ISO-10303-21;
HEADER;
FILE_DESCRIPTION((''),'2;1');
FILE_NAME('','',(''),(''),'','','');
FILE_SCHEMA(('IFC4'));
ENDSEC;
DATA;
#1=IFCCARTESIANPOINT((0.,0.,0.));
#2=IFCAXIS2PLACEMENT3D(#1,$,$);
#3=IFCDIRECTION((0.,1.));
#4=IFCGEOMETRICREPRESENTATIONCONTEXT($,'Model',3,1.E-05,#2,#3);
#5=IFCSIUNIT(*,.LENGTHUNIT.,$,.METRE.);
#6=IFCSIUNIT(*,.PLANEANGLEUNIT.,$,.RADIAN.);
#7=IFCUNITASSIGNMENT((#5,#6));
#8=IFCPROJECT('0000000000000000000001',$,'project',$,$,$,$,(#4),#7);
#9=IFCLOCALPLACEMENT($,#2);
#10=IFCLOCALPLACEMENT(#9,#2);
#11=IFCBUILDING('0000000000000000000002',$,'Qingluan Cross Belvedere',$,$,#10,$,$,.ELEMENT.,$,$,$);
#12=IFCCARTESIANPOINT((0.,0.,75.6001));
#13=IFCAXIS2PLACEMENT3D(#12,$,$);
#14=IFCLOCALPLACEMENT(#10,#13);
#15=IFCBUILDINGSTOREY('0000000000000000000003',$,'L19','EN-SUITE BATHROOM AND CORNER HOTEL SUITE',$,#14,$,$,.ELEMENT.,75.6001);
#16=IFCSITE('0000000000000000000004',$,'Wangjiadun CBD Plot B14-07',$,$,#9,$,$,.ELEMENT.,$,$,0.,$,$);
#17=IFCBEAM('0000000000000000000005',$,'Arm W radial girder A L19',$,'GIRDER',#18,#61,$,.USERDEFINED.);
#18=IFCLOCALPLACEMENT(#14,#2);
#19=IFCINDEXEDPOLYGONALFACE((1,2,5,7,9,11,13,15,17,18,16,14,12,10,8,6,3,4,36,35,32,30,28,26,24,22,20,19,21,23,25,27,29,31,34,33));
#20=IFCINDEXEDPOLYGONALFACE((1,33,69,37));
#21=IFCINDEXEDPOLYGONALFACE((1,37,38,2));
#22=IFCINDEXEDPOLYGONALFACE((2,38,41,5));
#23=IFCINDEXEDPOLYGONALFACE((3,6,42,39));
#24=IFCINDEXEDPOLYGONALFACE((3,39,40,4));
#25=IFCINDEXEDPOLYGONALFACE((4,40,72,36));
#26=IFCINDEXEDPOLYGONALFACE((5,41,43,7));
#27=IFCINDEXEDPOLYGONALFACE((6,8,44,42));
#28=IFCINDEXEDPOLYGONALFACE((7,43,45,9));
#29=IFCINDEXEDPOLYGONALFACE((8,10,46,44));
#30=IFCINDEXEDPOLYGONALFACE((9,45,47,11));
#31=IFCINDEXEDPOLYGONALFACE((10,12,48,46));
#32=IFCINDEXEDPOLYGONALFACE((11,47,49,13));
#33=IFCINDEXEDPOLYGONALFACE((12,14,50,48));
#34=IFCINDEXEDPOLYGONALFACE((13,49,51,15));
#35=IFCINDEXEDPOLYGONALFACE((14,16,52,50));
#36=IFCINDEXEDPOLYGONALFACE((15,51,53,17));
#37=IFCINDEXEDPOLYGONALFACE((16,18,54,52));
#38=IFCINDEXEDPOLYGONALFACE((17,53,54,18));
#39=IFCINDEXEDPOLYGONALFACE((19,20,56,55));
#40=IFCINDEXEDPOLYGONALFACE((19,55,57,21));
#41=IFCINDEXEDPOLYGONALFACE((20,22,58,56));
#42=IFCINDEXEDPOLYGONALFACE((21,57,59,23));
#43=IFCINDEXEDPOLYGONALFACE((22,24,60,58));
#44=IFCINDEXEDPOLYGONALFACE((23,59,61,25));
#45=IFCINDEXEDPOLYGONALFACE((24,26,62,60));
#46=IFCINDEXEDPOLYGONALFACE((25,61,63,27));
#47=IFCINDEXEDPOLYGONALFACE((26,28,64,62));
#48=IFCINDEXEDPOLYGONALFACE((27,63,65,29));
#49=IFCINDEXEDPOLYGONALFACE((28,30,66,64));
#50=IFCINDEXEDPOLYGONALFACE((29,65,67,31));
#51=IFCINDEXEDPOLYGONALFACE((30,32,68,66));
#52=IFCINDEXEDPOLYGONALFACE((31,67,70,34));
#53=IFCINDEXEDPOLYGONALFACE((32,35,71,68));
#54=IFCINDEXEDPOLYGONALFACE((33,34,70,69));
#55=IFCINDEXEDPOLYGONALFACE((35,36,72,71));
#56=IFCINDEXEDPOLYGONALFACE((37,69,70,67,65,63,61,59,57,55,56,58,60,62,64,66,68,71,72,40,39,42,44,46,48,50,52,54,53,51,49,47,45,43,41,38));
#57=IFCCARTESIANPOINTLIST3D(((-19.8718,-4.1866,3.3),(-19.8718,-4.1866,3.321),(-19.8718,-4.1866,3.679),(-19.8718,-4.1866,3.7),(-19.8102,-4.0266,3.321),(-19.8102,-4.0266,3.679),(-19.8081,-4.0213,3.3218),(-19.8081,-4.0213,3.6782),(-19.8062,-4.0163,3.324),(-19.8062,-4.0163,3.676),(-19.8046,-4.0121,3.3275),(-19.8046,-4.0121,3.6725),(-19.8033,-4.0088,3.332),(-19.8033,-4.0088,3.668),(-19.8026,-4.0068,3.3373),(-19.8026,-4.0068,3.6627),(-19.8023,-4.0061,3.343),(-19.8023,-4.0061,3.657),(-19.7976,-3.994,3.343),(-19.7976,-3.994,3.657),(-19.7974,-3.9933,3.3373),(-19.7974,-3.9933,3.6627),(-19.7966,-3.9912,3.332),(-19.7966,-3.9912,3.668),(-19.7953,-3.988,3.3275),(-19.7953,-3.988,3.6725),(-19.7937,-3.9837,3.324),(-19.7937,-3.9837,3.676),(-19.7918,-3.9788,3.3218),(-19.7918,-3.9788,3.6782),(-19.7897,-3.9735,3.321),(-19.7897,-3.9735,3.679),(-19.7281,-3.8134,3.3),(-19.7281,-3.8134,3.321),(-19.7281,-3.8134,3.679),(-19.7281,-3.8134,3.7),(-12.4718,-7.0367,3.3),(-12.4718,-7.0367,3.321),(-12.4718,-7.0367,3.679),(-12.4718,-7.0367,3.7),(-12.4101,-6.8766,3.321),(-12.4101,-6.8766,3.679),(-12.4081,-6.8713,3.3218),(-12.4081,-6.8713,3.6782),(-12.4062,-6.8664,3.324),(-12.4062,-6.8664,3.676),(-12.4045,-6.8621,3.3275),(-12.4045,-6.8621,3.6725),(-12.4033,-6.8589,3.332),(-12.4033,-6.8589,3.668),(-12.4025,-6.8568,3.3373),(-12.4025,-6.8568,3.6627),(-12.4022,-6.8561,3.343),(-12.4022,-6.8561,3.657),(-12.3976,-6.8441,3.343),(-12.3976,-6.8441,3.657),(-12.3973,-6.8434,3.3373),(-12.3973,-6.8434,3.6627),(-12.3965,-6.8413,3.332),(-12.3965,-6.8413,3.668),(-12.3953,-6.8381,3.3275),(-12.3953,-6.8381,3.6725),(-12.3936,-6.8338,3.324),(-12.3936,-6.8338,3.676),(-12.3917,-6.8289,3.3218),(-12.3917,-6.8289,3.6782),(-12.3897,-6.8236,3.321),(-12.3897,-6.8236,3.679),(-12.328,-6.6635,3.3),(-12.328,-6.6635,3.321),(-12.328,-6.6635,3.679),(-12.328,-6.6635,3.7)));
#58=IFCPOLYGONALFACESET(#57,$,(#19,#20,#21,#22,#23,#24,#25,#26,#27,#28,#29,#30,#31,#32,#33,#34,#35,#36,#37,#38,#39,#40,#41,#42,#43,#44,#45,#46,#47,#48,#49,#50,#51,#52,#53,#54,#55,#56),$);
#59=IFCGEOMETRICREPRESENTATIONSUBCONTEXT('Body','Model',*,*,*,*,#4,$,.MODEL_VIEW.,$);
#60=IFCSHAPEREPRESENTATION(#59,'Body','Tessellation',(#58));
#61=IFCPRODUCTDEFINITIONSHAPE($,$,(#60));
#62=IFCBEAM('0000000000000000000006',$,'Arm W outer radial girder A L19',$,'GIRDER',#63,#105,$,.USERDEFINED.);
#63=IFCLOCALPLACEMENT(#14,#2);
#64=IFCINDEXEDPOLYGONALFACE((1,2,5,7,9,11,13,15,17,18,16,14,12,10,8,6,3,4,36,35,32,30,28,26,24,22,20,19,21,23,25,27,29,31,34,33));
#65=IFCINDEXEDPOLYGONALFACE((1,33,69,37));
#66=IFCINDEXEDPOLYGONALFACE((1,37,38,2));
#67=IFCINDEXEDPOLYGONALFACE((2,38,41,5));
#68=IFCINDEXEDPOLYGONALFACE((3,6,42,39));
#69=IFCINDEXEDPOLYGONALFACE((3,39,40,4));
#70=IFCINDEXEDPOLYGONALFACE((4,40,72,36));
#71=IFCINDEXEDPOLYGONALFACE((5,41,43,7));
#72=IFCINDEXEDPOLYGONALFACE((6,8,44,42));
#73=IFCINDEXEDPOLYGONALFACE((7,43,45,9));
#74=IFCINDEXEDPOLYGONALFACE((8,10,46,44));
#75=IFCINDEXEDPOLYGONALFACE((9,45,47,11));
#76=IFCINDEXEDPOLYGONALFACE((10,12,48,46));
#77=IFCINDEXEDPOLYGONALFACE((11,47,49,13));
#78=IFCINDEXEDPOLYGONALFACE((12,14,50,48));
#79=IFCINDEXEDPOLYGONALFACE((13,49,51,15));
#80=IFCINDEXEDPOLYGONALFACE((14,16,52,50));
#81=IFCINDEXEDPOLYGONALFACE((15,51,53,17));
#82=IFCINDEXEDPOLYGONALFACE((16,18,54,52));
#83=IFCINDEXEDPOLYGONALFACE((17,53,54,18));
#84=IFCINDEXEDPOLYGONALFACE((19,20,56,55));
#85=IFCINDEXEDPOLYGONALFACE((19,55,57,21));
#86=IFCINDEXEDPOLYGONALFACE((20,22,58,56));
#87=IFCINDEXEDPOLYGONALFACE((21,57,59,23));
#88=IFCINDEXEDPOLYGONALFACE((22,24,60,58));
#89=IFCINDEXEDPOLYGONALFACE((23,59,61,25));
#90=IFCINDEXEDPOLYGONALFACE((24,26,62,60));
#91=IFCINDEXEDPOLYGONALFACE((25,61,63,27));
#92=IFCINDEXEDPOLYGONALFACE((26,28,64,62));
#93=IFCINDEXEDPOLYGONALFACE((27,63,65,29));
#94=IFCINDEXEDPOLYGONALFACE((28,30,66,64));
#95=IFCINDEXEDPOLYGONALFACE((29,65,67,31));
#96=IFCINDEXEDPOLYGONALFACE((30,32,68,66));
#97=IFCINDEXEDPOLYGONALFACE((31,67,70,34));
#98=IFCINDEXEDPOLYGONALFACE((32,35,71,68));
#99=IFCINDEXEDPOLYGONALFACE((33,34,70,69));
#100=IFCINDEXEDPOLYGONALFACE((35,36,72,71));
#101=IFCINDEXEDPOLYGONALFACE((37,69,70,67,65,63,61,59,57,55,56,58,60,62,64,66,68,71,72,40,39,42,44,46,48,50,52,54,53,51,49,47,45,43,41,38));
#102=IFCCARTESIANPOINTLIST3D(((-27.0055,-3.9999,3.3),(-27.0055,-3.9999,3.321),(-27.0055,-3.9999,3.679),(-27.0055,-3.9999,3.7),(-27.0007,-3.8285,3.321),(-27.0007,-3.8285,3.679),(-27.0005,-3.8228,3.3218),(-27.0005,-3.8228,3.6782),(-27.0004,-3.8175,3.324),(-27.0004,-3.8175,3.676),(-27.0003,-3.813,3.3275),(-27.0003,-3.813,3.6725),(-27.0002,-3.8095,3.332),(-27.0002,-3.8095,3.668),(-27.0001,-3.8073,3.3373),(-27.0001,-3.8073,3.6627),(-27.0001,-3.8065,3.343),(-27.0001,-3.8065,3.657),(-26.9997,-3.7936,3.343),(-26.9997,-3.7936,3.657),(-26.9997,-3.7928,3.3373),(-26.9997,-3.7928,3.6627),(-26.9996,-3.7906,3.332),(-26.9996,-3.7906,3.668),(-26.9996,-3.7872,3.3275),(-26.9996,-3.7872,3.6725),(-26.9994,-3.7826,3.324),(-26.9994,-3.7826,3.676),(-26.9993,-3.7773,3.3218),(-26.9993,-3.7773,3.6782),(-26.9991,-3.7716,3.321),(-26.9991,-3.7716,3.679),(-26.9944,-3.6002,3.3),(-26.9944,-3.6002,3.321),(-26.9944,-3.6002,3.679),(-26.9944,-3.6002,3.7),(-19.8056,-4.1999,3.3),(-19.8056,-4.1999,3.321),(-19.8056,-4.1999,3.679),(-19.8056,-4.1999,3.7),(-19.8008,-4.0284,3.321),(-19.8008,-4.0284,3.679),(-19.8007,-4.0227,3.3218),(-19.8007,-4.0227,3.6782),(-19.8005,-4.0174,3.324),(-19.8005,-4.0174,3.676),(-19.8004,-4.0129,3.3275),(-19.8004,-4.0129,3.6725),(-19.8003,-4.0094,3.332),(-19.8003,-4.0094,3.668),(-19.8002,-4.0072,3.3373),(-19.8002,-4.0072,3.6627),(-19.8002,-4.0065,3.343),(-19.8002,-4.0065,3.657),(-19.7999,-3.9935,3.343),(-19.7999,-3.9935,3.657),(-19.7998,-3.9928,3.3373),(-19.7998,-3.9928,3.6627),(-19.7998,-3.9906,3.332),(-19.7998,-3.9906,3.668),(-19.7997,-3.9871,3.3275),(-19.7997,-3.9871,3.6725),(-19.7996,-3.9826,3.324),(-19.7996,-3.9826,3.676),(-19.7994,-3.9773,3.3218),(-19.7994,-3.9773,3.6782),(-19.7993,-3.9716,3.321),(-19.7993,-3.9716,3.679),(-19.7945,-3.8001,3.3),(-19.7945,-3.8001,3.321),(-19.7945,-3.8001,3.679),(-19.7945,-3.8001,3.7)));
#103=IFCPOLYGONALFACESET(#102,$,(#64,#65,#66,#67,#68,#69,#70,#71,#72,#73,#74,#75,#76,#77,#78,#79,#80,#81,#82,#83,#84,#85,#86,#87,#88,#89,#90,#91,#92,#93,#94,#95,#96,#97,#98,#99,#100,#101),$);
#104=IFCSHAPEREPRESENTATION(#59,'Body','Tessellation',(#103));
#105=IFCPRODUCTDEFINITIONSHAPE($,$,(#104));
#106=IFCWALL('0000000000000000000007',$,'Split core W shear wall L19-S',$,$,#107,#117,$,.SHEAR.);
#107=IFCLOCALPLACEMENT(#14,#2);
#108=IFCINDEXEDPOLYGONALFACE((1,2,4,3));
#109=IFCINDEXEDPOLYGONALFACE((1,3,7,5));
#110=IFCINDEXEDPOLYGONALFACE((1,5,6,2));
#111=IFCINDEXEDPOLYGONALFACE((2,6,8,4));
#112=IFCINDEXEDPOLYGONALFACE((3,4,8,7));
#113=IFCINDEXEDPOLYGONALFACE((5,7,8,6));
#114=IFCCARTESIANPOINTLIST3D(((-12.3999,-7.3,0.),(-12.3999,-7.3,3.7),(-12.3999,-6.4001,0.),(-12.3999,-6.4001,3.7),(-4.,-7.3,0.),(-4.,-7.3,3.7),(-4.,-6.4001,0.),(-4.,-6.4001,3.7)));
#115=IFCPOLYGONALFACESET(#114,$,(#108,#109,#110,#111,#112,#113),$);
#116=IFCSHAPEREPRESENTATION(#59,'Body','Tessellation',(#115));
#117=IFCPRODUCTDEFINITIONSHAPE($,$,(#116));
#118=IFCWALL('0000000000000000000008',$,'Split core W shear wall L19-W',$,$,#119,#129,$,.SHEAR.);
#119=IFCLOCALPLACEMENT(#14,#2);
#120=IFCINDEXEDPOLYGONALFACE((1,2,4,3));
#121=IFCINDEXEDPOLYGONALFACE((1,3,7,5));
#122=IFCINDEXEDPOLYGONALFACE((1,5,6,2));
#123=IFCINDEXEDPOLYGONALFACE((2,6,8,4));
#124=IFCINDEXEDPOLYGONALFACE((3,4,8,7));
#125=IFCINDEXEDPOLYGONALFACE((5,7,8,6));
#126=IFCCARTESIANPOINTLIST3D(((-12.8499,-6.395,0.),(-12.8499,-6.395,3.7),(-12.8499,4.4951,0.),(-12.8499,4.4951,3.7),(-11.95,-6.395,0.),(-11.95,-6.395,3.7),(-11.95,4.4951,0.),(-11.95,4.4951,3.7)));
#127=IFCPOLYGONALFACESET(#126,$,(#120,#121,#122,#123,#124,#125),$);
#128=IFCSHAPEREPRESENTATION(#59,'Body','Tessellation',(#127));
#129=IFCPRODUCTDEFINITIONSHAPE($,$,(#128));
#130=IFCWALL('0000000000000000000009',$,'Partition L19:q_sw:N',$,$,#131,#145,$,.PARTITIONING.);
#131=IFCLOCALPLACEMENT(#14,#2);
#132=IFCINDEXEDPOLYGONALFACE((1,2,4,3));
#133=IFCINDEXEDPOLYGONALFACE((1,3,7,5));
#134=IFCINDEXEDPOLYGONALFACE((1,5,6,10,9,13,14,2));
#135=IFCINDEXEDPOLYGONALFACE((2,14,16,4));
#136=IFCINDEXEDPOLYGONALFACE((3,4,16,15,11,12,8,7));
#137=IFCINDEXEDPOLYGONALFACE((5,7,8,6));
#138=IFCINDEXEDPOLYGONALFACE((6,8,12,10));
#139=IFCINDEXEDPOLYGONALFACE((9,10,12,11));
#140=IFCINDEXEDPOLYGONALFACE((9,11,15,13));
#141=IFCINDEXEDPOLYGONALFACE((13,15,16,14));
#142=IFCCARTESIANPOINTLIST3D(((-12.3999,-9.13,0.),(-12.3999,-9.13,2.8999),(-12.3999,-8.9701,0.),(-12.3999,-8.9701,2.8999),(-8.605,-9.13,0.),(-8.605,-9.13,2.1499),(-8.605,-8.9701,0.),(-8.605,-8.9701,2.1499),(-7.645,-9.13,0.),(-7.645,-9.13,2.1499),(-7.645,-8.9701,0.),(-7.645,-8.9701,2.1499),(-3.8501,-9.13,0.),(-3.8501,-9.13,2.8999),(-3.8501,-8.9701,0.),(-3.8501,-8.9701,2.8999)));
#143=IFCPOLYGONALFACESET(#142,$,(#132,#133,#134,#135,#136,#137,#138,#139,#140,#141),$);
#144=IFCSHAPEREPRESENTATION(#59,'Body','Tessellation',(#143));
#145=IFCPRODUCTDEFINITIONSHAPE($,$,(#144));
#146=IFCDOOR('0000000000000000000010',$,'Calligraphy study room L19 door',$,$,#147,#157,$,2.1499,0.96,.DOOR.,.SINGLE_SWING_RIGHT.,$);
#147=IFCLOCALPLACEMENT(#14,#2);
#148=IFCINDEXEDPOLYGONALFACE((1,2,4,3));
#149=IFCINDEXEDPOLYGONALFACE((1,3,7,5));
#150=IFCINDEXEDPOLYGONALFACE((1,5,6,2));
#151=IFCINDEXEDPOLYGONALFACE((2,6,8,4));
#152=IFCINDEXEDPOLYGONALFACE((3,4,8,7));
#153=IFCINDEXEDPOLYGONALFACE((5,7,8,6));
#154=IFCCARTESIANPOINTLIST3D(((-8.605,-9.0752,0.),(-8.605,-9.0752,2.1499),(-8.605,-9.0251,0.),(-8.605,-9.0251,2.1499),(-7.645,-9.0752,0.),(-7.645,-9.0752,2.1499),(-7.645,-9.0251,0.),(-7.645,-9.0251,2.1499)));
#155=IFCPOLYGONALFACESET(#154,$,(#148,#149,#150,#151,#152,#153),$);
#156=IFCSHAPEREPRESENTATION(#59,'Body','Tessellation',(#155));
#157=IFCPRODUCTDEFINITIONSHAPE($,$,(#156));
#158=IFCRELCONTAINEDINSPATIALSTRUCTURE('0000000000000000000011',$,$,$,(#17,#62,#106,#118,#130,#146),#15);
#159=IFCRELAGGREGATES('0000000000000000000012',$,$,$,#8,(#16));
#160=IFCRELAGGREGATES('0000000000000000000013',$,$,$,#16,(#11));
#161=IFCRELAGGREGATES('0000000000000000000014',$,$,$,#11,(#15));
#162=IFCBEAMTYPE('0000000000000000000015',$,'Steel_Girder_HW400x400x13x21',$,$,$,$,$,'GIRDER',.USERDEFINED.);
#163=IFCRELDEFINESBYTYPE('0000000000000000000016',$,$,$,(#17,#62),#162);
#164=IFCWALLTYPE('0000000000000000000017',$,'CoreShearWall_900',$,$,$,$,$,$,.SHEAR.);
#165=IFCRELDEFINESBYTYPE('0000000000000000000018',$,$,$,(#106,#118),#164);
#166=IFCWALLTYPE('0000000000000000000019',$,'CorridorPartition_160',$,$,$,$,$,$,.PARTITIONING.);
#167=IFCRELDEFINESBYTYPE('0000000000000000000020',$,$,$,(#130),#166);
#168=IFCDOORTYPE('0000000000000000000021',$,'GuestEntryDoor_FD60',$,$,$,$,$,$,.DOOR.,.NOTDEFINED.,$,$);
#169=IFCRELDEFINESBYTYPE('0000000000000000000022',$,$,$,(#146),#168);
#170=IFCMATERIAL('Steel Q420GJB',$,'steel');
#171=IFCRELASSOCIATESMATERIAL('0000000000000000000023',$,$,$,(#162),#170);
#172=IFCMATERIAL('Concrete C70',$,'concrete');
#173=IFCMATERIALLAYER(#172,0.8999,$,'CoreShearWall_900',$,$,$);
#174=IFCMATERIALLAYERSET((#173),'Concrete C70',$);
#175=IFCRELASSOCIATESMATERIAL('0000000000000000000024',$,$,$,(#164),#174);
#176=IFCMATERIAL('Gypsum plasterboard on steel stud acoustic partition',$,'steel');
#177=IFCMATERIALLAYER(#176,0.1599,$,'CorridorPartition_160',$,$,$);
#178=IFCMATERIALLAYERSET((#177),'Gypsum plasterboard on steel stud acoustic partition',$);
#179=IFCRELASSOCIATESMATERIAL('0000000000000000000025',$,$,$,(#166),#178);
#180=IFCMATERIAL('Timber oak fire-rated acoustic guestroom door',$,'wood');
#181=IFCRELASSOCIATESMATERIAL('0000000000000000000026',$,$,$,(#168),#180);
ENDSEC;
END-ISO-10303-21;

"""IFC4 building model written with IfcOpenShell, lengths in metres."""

from ifc_helpers import new_model, si_unit, direction, frame, frame_2d, origin, origin_2d, place, context, subcontext, project, spatial, rectangle, i_section, extrude, material, layer, layer_set, material_profile, profile_set, type_object, element, fill, save


model = new_model("IFC4")

# Units and contexts
model_context = context("Model", 3, precision=1e-05, world=origin(), true_north=direction((0.0, 1.0)))
body_context = subcontext(model_context, "Body", "Model", "MODEL_VIEW")
ifc_project = project(units=[si_unit("LENGTHUNIT", "METRE"), si_unit("PLANEANGLEUNIT", "RADIAN")], contexts=[model_context])

# Site, building, storey
site_placement = place(None, origin())
site = spatial("IfcSite", under=ifc_project, at=site_placement, Name="Wangjiadun CBD Plot B14-07", CompositionType="ELEMENT", RefElevation=0.0)
building_placement = place(site_placement, origin())
building = spatial("IfcBuilding", under=site, at=building_placement, Name="Qingluan Cross Belvedere", CompositionType="ELEMENT")
storey_placement = place(building_placement, frame((0.0, 0.0, 75.6001)))
storey = spatial("IfcBuildingStorey", under=building, at=storey_placement, Name="L19", Description="EN-SUITE BATHROOM AND CORNER HOTEL SUITE", CompositionType="ELEMENT", Elevation=75.6001)

# Beams
ifc_material_1 = material(Name="Steel Q420GJB", Category="steel")
ifc_material_profile_1 = material_profile(ifc_material_1, i_section(OverallWidth=0.3999, OverallDepth=0.3999, WebThickness=0.0129, FlangeThickness=0.021, FilletRadius=0.022, at=origin_2d()), Name="HW400x400x13x21")
ifc_profile_set_1 = profile_set([ifc_material_profile_1], Name="Steel Q420GJB")
beam_type_1 = type_object("IfcBeamType", Name="Steel_Girder_HW400x400x13x21", ElementType="GIRDER", PredefinedType="USERDEFINED", material=ifc_profile_set_1)
beam_1_placement = place(storey_placement, frame((-12.3999, -6.8501, 3.5), z_axis=(-0.933181, 0.359406, 0.0), x_axis=(-0.359406, -0.933181, 0.0)))
element("IfcBeam", 1, at=beam_1_placement, inside=storey, type_object=beam_type_1, Name="Arm W radial girder A L19", ObjectType="GIRDER", PredefinedType="USERDEFINED", context=body_context, shape_type="SweptSolid", body=[
    extrude(i_section(OverallWidth=0.3999, OverallDepth=0.3999, WebThickness=0.0129, FlangeThickness=0.021, FilletRadius=0.022, at=origin_2d()), origin(), (0.0, 0.0, 1.0), 7.9299),
])
beam_2_placement = place(storey_placement, frame((-19.8, -4.0, 3.5), z_axis=(-0.999615, 0.02776, 0.0), x_axis=(-0.02776, -0.999615, 0.0)))
element("IfcBeam", 2, at=beam_2_placement, inside=storey, type_object=beam_type_1, Name="Arm W outer radial girder A L19", ObjectType="GIRDER", PredefinedType="USERDEFINED", context=body_context, shape_type="SweptSolid", body=[
    extrude(i_section(OverallWidth=0.3999, OverallDepth=0.3999, WebThickness=0.0129, FlangeThickness=0.021, FilletRadius=0.022, at=origin_2d()), origin(), (0.0, 0.0, 1.0), 7.2026),
])

# Walls
ifc_material_2 = material(Name="Concrete C70", Category="concrete")
ifc_layer_1 = layer(ifc_material_2, 0.8999, Name="CoreShearWall_900")
ifc_layer_set_1 = layer_set([ifc_layer_1], Name="Concrete C70")
wall_type_1 = type_object("IfcWallType", Name="CoreShearWall_900", PredefinedType="SHEAR", material=ifc_layer_set_1)
wall_1_placement = place(storey_placement, frame((-12.3999, -6.8501, 0.0), z_axis=(0.0, 0.0, 1.0), x_axis=(1.0, 0.0, 0.0)))
element("IfcWall", 3, at=wall_1_placement, inside=storey, type_object=wall_type_1, Name="Split core W shear wall L19-S", PredefinedType="SHEAR", context=body_context, shape_type="SweptSolid", body=[
    extrude(rectangle(XDim=8.3999, YDim=0.8999, at=frame_2d((4.2, 0.0))), origin(), (0.0, 0.0, 1.0), 3.7),
])
wall_2_placement = place(storey_placement, frame((-12.3999, -6.395, 0.0), z_axis=(0.0, 0.0, 1.0), x_axis=(0.0, 1.0, 0.0)))
element("IfcWall", 4, at=wall_2_placement, inside=storey, type_object=wall_type_1, Name="Split core W shear wall L19-W", PredefinedType="SHEAR", context=body_context, shape_type="SweptSolid", body=[
    extrude(rectangle(XDim=10.8901, YDim=0.8999, at=frame_2d((5.4451, 0.0))), origin(), (0.0, 0.0, 1.0), 3.7),
])

# Wall, opening, door
ifc_material_3 = material(Name="Gypsum plasterboard on steel stud acoustic partition", Category="steel")
ifc_layer_2 = layer(ifc_material_3, 0.1599, Name="CorridorPartition_160")
ifc_layer_set_2 = layer_set([ifc_layer_2], Name="Gypsum plasterboard on steel stud acoustic partition")
wall_type_2 = type_object("IfcWallType", Name="CorridorPartition_160", PredefinedType="PARTITIONING", material=ifc_layer_set_2)
wall_3_placement = place(storey_placement, frame((-12.3999, -9.05, 0.0), z_axis=(0.0, 0.0, 1.0), x_axis=(1.0, 0.0, 0.0)))
wall_3 = element("IfcWall", 5, at=wall_3_placement, inside=storey, type_object=wall_type_2, Name="Partition L19:q_sw:N", PredefinedType="PARTITIONING", context=body_context, shape_type="SweptSolid", body=[
    extrude(rectangle(XDim=8.5498, YDim=0.1599, at=frame_2d((4.2749, 0.0))), origin(), (0.0, 0.0, 1.0), 2.8999),
])
opening_1_placement = place(wall_3_placement, frame((3.7949, 0.0, 0.0)))
opening_1 = element("IfcOpeningElement", 6, at=opening_1_placement, cuts=wall_3, PredefinedType="OPENING", context=body_context, shape_type="SweptSolid", body=[
    extrude(rectangle(XDim=0.96, YDim=2.1499, at=frame_2d((0.48, 1.075))), frame((0.0, 0.0898, 0.0), z_axis=(0.0, -1.0, 0.0), x_axis=(1.0, 0.0, 0.0)), (0.0, 0.0, 1.0), 0.1799),
])
ifc_material_4 = material(Name="Timber oak fire-rated acoustic guestroom door", Category="wood")
door_type_1 = type_object("IfcDoorType", Name="GuestEntryDoor_FD60", OperationType="NOTDEFINED", PredefinedType="DOOR", material=ifc_material_4)
door_1_placement = place(opening_1_placement, origin())
door_1 = element("IfcDoor", 7, at=door_1_placement, inside=storey, type_object=door_type_1, Name="Calligraphy study room L19 door", OperationType="SINGLE_SWING_RIGHT", OverallHeight=2.1499, OverallWidth=0.96, PredefinedType="DOOR", context=body_context, shape_type="SweptSolid", body=[
    extrude(rectangle(XDim=0.96, YDim=2.1499, at=frame_2d((0.48, 1.075))), frame((0.0, 0.0249, 0.0), z_axis=(0.0, -1.0, 0.0), x_axis=(1.0, 0.0, 0.0)), (0.0, 0.0, 1.0), 0.05),
])
fill(opening_1, door_1)

save(model, "model.ifc")
